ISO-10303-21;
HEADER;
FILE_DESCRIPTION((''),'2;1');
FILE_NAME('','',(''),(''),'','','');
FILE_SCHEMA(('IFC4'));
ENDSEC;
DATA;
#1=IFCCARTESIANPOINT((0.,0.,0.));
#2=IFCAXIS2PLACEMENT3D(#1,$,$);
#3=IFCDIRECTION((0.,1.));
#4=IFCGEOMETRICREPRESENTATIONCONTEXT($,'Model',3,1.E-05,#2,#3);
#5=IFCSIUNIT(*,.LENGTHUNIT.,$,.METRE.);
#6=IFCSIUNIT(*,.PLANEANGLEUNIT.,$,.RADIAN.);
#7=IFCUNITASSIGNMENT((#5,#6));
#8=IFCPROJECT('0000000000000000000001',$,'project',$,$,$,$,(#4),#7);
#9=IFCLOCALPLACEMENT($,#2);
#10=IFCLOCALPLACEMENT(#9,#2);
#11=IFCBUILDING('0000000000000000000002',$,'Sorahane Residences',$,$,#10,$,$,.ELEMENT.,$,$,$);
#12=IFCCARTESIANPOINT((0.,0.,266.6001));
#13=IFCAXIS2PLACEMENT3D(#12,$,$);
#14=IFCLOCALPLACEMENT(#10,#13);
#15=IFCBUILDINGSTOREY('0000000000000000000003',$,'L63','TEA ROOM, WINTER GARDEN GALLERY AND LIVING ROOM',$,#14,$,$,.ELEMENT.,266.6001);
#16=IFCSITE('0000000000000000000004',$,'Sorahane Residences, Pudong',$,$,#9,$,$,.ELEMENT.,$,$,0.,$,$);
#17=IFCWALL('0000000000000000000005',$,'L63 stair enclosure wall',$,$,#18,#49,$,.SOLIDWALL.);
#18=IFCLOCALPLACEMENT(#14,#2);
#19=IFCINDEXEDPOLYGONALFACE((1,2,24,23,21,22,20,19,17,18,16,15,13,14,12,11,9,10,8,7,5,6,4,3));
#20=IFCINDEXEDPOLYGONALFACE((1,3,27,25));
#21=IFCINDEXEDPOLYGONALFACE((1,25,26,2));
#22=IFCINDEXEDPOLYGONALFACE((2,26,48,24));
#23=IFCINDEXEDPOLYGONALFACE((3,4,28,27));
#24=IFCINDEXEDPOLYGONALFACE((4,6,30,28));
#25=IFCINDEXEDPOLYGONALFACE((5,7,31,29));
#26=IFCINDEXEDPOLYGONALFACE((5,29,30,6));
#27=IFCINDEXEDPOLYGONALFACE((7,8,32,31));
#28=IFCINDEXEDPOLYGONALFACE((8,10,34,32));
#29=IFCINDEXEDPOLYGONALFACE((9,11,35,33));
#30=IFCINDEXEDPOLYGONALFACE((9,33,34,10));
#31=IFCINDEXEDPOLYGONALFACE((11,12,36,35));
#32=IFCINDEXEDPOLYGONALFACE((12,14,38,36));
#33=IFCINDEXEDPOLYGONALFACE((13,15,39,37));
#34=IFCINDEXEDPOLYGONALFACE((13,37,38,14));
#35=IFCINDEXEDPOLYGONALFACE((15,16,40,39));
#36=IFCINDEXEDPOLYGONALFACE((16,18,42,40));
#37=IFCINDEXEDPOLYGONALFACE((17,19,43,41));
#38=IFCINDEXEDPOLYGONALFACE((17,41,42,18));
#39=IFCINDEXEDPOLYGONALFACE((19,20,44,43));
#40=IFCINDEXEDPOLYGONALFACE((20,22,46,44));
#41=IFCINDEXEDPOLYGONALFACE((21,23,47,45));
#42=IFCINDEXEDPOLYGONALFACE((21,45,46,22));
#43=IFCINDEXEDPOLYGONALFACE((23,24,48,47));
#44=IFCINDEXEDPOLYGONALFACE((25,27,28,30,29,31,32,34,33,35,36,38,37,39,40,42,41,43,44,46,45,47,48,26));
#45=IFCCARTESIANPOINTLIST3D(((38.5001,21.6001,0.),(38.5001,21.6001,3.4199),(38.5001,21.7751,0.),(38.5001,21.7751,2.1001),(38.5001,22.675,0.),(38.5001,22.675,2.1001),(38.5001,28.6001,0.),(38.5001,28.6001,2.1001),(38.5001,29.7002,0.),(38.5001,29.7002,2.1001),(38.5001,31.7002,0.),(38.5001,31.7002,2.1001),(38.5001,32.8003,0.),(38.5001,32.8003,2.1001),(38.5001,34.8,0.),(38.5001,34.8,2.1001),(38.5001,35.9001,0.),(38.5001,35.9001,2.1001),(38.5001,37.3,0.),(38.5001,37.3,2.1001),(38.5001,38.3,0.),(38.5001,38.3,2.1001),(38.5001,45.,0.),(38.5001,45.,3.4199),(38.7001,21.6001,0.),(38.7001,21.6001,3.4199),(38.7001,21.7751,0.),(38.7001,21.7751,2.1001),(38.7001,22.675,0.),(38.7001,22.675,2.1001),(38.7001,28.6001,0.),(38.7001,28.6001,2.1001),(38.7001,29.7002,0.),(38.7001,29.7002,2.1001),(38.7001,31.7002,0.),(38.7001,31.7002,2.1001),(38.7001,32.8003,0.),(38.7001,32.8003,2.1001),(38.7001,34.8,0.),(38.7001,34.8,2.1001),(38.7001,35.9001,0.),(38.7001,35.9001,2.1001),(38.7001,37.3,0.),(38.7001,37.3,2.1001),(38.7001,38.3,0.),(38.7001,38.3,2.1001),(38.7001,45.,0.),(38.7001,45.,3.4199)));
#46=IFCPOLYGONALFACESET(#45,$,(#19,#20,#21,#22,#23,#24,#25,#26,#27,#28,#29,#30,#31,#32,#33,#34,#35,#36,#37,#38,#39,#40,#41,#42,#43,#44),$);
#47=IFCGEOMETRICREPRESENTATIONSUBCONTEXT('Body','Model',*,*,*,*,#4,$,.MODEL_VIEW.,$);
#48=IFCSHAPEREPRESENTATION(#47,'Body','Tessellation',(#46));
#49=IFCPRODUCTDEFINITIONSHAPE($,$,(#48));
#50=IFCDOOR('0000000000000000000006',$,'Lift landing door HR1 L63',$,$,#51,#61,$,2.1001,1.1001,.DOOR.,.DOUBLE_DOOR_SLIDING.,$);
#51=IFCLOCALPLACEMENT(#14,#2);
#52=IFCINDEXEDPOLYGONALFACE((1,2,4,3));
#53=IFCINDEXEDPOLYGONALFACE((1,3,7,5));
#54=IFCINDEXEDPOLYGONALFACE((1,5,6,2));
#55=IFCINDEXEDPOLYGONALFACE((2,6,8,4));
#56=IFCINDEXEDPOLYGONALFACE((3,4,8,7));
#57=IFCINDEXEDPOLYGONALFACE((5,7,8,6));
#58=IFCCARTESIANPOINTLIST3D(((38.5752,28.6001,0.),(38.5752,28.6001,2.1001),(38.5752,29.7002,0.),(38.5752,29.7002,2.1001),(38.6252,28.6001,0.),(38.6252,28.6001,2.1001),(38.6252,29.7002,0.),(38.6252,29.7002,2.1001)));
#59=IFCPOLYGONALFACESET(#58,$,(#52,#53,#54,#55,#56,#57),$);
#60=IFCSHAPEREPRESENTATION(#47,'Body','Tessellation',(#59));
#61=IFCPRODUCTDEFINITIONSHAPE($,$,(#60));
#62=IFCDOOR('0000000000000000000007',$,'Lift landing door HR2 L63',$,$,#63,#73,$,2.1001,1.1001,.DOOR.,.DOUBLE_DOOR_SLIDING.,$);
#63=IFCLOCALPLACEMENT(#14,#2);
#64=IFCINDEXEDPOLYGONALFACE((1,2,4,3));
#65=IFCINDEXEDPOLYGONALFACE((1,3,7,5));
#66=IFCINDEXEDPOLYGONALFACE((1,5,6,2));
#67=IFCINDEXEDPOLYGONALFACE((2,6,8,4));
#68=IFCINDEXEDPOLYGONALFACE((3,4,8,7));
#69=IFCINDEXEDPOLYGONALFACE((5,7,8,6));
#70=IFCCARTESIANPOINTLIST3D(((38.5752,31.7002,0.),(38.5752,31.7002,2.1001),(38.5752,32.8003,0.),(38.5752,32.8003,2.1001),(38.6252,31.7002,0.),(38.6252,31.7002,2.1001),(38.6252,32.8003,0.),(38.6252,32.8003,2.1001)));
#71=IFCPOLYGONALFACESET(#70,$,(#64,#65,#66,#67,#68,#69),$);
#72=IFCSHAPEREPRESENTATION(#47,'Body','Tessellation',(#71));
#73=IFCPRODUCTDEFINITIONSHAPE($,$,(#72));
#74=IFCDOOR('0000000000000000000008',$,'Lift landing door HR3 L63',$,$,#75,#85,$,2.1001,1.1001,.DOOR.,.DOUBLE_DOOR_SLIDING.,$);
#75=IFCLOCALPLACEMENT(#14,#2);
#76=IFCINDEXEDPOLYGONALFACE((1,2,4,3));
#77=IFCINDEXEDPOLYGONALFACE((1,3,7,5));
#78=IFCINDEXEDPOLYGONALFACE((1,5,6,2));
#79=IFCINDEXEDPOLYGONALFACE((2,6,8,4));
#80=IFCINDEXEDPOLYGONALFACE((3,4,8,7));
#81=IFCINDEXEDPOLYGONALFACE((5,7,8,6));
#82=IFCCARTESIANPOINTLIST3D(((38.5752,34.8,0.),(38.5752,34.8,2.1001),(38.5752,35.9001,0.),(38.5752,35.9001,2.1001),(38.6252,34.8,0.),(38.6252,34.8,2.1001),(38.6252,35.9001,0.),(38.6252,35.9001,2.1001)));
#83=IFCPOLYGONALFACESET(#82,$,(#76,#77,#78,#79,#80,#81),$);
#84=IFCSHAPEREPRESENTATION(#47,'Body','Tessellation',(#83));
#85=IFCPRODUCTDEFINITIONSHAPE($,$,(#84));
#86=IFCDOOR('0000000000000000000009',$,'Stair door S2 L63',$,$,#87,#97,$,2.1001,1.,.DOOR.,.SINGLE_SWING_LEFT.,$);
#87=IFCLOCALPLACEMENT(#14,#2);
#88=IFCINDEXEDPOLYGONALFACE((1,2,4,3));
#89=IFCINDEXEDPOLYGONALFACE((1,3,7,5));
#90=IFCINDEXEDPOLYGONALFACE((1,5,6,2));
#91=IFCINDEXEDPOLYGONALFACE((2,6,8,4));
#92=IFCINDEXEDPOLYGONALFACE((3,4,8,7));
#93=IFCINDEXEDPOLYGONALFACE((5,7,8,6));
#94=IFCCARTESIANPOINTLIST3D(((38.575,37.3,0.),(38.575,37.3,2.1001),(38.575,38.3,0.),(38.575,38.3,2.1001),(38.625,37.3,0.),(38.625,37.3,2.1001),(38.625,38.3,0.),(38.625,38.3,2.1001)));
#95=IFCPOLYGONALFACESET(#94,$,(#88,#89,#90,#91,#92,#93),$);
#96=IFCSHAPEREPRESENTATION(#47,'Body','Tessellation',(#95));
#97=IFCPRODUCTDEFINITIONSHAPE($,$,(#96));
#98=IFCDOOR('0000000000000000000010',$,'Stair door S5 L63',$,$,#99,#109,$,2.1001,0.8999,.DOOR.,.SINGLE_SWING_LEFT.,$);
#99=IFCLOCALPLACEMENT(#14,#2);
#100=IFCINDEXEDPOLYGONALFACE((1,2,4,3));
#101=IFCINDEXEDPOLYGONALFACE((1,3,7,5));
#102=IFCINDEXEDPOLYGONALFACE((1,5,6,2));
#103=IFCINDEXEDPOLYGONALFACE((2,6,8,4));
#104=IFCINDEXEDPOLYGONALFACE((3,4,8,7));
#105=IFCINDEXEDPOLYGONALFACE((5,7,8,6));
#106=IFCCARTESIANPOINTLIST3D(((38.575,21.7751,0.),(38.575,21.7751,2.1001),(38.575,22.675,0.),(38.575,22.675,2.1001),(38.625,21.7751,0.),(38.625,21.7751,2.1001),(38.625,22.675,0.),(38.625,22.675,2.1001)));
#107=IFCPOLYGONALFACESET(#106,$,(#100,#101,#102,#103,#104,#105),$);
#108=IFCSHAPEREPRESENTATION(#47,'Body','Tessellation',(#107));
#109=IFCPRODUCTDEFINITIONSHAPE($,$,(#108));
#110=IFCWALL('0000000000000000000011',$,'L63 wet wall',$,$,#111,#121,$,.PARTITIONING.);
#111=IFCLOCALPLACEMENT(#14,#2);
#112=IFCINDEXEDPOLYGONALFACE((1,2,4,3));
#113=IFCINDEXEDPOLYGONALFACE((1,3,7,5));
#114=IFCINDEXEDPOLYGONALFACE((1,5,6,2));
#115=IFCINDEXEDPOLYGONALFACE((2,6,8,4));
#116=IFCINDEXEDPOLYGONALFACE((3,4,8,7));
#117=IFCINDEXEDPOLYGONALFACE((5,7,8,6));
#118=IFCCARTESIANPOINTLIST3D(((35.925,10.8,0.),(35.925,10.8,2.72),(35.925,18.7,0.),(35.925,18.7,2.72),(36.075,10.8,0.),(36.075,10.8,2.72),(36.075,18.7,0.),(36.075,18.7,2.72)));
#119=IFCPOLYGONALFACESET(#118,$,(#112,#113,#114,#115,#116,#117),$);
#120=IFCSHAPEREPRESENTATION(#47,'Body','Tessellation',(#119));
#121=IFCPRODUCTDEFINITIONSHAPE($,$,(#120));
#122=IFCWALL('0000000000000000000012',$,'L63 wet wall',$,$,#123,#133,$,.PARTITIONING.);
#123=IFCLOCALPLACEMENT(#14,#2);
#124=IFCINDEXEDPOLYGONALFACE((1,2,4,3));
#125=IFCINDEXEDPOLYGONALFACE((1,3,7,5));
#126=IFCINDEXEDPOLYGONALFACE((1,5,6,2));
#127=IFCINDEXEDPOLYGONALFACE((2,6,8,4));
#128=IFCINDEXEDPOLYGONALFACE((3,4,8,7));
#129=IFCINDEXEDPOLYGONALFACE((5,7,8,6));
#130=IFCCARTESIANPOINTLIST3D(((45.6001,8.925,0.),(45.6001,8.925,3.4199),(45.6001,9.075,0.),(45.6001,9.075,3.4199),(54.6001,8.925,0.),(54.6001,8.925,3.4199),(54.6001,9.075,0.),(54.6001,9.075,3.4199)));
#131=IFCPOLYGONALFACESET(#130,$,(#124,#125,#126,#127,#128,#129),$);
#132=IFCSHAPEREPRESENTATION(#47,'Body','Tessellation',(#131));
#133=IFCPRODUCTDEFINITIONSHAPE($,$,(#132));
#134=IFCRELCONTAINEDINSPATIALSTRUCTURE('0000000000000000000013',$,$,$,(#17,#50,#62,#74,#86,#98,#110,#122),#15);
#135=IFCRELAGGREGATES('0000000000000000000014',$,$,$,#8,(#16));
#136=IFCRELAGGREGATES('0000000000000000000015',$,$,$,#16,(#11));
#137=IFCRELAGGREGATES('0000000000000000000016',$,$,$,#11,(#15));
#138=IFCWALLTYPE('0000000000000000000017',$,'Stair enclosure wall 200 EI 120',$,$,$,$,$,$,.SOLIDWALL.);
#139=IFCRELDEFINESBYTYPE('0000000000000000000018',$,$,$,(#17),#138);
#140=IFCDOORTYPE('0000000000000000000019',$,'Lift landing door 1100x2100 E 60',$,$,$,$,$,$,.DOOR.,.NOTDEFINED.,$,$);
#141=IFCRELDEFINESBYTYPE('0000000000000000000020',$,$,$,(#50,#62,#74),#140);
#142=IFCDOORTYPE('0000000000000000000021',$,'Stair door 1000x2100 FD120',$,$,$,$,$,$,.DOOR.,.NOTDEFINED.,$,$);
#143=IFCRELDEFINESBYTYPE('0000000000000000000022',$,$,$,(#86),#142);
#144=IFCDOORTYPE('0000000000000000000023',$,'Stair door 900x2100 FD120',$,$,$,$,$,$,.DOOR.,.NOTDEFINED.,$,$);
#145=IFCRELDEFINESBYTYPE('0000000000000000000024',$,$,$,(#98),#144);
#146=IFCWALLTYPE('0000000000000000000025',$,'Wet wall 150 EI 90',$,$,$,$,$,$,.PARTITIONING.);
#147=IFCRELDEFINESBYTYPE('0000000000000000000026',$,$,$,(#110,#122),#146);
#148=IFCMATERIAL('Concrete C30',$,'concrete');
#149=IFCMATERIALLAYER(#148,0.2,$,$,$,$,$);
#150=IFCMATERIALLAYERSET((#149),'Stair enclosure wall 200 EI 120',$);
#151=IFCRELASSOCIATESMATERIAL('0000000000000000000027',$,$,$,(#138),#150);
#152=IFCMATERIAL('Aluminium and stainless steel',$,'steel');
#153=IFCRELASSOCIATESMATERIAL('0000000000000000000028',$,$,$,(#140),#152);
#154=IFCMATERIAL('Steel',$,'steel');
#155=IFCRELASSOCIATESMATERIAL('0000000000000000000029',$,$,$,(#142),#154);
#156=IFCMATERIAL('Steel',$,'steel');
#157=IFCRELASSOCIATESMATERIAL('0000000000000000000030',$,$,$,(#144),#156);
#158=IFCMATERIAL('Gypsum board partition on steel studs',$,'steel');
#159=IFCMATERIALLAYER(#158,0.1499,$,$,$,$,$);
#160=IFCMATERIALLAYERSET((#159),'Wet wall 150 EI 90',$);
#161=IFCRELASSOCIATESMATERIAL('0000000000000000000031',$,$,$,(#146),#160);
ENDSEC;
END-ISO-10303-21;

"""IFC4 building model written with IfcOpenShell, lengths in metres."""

from ifc_helpers import new_model, si_unit, direction, frame, frame_2d, origin, place, context, subcontext, project, spatial, rectangle, extrude, material, layer, layer_set, type_object, element, fill, save


model = new_model("IFC4")

# Units and contexts
model_context = context("Model", 3, precision=1e-05, world=origin(), true_north=direction((0.0, 1.0)))
body_context = subcontext(model_context, "Body", "Model", "MODEL_VIEW")
ifc_project = project(units=[si_unit("LENGTHUNIT", "METRE"), si_unit("PLANEANGLEUNIT", "RADIAN")], contexts=[model_context])

# Site, building, storey
site_placement = place(None, origin())
site = spatial("IfcSite", under=ifc_project, at=site_placement, Name="Sorahane Residences, Pudong", CompositionType="ELEMENT", RefElevation=0.0)
building_placement = place(site_placement, origin())
building = spatial("IfcBuilding", under=site, at=building_placement, Name="Sorahane Residences", CompositionType="ELEMENT")
storey_placement = place(building_placement, frame((0.0, 0.0, 266.6001)))
storey = spatial("IfcBuildingStorey", under=building, at=storey_placement, Name="L63", Description="TEA ROOM, WINTER GARDEN GALLERY AND LIVING ROOM", CompositionType="ELEMENT", Elevation=266.6001)

# Wall, openings, doors
ifc_material_1 = material(Name="Concrete C30", Category="concrete")
ifc_layer_1 = layer(ifc_material_1, 0.2)
ifc_layer_set_1 = layer_set([ifc_layer_1], Name="Stair enclosure wall 200 EI 120")
wall_type_1 = type_object("IfcWallType", Name="Stair enclosure wall 200 EI 120", PredefinedType="SOLIDWALL", material=ifc_layer_set_1)
wall_1_placement = place(storey_placement, frame((38.6001, 21.6001, 0.0), z_axis=(0.0, 0.0, 1.0), x_axis=(0.0, 1.0, 0.0)))
wall_1 = element("IfcWall", 1, at=wall_1_placement, inside=storey, type_object=wall_type_1, Name="L63 stair enclosure wall", PredefinedType="SOLIDWALL", context=body_context, shape_type="SweptSolid", body=[
    extrude(rectangle(XDim=23.3999, YDim=0.2, at=frame_2d((11.7, 0.0))), origin(), (0.0, 0.0, 1.0), 3.4199),
])
opening_1_placement = place(wall_1_placement, frame((7.0, 0.0, 0.0)))
opening_1 = element("IfcOpeningElement", 2, at=opening_1_placement, cuts=wall_1, PredefinedType="OPENING", context=body_context, shape_type="SweptSolid", body=[
    extrude(rectangle(XDim=1.1001, YDim=2.1001, at=frame_2d((0.55, 1.05))), frame((0.0, 0.1099, 0.0), z_axis=(0.0, -1.0, 0.0), x_axis=(1.0, 0.0, 0.0)), (0.0, 0.0, 1.0), 0.22),
])
opening_2_placement = place(wall_1_placement, frame((10.1001, 0.0, 0.0)))
opening_2 = element("IfcOpeningElement", 3, at=opening_2_placement, cuts=wall_1, PredefinedType="OPENING", context=body_context, shape_type="SweptSolid", body=[
    extrude(rectangle(XDim=1.1001, YDim=2.1001, at=frame_2d((0.55, 1.05))), frame((0.0, 0.1099, 0.0), z_axis=(0.0, -1.0, 0.0), x_axis=(1.0, 0.0, 0.0)), (0.0, 0.0, 1.0), 0.22),
])
opening_3_placement = place(wall_1_placement, frame((13.2, 0.0, 0.0)))
opening_3 = element("IfcOpeningElement", 4, at=opening_3_placement, cuts=wall_1, PredefinedType="OPENING", context=body_context, shape_type="SweptSolid", body=[
    extrude(rectangle(XDim=1.1001, YDim=2.1001, at=frame_2d((0.55, 1.05))), frame((0.0, 0.1099, 0.0), z_axis=(0.0, -1.0, 0.0), x_axis=(1.0, 0.0, 0.0)), (0.0, 0.0, 1.0), 0.22),
])
opening_4_placement = place(wall_1_placement, frame((15.7, 0.0, 0.0)))
opening_4 = element("IfcOpeningElement", 5, at=opening_4_placement, cuts=wall_1, PredefinedType="OPENING", context=body_context, shape_type="SweptSolid", body=[
    extrude(rectangle(XDim=1.0, YDim=2.1001, at=frame_2d((0.5, 1.05))), frame((0.0, 0.1099, 0.0), z_axis=(0.0, -1.0, 0.0), x_axis=(1.0, 0.0, 0.0)), (0.0, 0.0, 1.0), 0.22),
])
opening_5_placement = place(wall_1_placement, frame((0.175, 0.0, 0.0)))
opening_5 = element("IfcOpeningElement", 6, at=opening_5_placement, cuts=wall_1, PredefinedType="OPENING", context=body_context, shape_type="SweptSolid", body=[
    extrude(rectangle(XDim=0.8999, YDim=2.1001, at=frame_2d((0.45, 1.05))), frame((0.0, 0.1099, 0.0), z_axis=(0.0, -1.0, 0.0), x_axis=(1.0, 0.0, 0.0)), (0.0, 0.0, 1.0), 0.22),
])
ifc_material_2 = material(Name="Aluminium and stainless steel", Category="steel")
door_type_1 = type_object("IfcDoorType", Name="Lift landing door 1100x2100 E 60", OperationType="NOTDEFINED", PredefinedType="DOOR", material=ifc_material_2)
door_1_placement = place(opening_1_placement, origin())
door_1 = element("IfcDoor", 7, at=door_1_placement, inside=storey, type_object=door_type_1, Name="Lift landing door HR1 L63", OperationType="DOUBLE_DOOR_SLIDING", OverallHeight=2.1001, OverallWidth=1.1001, PredefinedType="DOOR", context=body_context, shape_type="SweptSolid", body=[
    extrude(rectangle(XDim=1.1001, YDim=2.1001, at=frame_2d((0.55, 1.05))), frame((0.0, 0.0249, 0.0), z_axis=(0.0, -1.0, 0.0), x_axis=(1.0, 0.0, 0.0)), (0.0, 0.0, 1.0), 0.05),
])
fill(opening_1, door_1)
door_2_placement = place(opening_2_placement, origin())
door_2 = element("IfcDoor", 8, at=door_2_placement, inside=storey, type_object=door_type_1, Name="Lift landing door HR2 L63", OperationType="DOUBLE_DOOR_SLIDING", OverallHeight=2.1001, OverallWidth=1.1001, PredefinedType="DOOR", context=body_context, shape_type="SweptSolid", body=[
    extrude(rectangle(XDim=1.1001, YDim=2.1001, at=frame_2d((0.55, 1.05))), frame((0.0, 0.0249, 0.0), z_axis=(0.0, -1.0, 0.0), x_axis=(1.0, 0.0, 0.0)), (0.0, 0.0, 1.0), 0.05),
])
fill(opening_2, door_2)
door_3_placement = place(opening_3_placement, origin())
door_3 = element("IfcDoor", 9, at=door_3_placement, inside=storey, type_object=door_type_1, Name="Lift landing door HR3 L63", OperationType="DOUBLE_DOOR_SLIDING", OverallHeight=2.1001, OverallWidth=1.1001, PredefinedType="DOOR", context=body_context, shape_type="SweptSolid", body=[
    extrude(rectangle(XDim=1.1001, YDim=2.1001, at=frame_2d((0.55, 1.05))), frame((0.0, 0.0249, 0.0), z_axis=(0.0, -1.0, 0.0), x_axis=(1.0, 0.0, 0.0)), (0.0, 0.0, 1.0), 0.05),
])
fill(opening_3, door_3)
ifc_material_3 = material(Name="Steel", Category="steel")
door_type_2 = type_object("IfcDoorType", Name="Stair door 1000x2100 FD120", OperationType="NOTDEFINED", PredefinedType="DOOR", material=ifc_material_3)
door_4_placement = place(opening_4_placement, frame((1.0, 0.0, 0.0), z_axis=(0.0, 0.0, 1.0), x_axis=(-1.0, 0.0, 0.0)))
door_4 = element("IfcDoor", 10, at=door_4_placement, inside=storey, type_object=door_type_2, Name="Stair door S2 L63", OperationType="SINGLE_SWING_LEFT", OverallHeight=2.1001, OverallWidth=1.0, PredefinedType="DOOR", context=body_context, shape_type="SweptSolid", body=[
    extrude(rectangle(XDim=1.0, YDim=2.1001, at=frame_2d((0.5, 1.05))), frame((0.0, 0.0249, 0.0), z_axis=(0.0, -1.0, 0.0), x_axis=(1.0, 0.0, 0.0)), (0.0, 0.0, 1.0), 0.05),
])
fill(opening_4, door_4)
ifc_material_4 = material(Name="Steel", Category="steel")
door_type_3 = type_object("IfcDoorType", Name="Stair door 900x2100 FD120", OperationType="NOTDEFINED", PredefinedType="DOOR", material=ifc_material_4)
door_5_placement = place(opening_5_placement, frame((0.8999, 0.0, 0.0), z_axis=(0.0, 0.0, 1.0), x_axis=(-1.0, 0.0, 0.0)))
door_5 = element("IfcDoor", 11, at=door_5_placement, inside=storey, type_object=door_type_3, Name="Stair door S5 L63", OperationType="SINGLE_SWING_LEFT", OverallHeight=2.1001, OverallWidth=0.8999, PredefinedType="DOOR", context=body_context, shape_type="SweptSolid", body=[
    extrude(rectangle(XDim=0.8999, YDim=2.1001, at=frame_2d((0.45, 1.05))), frame((0.0, 0.0249, 0.0), z_axis=(0.0, -1.0, 0.0), x_axis=(1.0, 0.0, 0.0)), (0.0, 0.0, 1.0), 0.05),
])
fill(opening_5, door_5)

# Walls
ifc_material_5 = material(Name="Gypsum board partition on steel studs", Category="steel")
ifc_layer_2 = layer(ifc_material_5, 0.1499)
ifc_layer_set_2 = layer_set([ifc_layer_2], Name="Wet wall 150 EI 90")
wall_type_2 = type_object("IfcWallType", Name="Wet wall 150 EI 90", PredefinedType="PARTITIONING", material=ifc_layer_set_2)
wall_2_placement = place(storey_placement, frame((36.0, 10.8, 0.0), z_axis=(0.0, 0.0, 1.0), x_axis=(0.0, 1.0, 0.0)))
element("IfcWall", 12, at=wall_2_placement, inside=storey, type_object=wall_type_2, Name="L63 wet wall", PredefinedType="PARTITIONING", context=body_context, shape_type="SweptSolid", body=[
    extrude(rectangle(XDim=7.8999, YDim=0.1499, at=frame_2d((3.95, 0.0))), origin(), (0.0, 0.0, 1.0), 2.72),
])
wall_3_placement = place(storey_placement, frame((45.6001, 9.0, 0.0), z_axis=(0.0, 0.0, 1.0), x_axis=(1.0, 0.0, 0.0)))
element("IfcWall", 13, at=wall_3_placement, inside=storey, type_object=wall_type_2, Name="L63 wet wall", PredefinedType="PARTITIONING", context=body_context, shape_type="SweptSolid", body=[
    extrude(rectangle(XDim=9.0, YDim=0.1499, at=frame_2d((4.5, 0.0))), origin(), (0.0, 0.0, 1.0), 3.4199),
])

save(model, "model.ifc")
